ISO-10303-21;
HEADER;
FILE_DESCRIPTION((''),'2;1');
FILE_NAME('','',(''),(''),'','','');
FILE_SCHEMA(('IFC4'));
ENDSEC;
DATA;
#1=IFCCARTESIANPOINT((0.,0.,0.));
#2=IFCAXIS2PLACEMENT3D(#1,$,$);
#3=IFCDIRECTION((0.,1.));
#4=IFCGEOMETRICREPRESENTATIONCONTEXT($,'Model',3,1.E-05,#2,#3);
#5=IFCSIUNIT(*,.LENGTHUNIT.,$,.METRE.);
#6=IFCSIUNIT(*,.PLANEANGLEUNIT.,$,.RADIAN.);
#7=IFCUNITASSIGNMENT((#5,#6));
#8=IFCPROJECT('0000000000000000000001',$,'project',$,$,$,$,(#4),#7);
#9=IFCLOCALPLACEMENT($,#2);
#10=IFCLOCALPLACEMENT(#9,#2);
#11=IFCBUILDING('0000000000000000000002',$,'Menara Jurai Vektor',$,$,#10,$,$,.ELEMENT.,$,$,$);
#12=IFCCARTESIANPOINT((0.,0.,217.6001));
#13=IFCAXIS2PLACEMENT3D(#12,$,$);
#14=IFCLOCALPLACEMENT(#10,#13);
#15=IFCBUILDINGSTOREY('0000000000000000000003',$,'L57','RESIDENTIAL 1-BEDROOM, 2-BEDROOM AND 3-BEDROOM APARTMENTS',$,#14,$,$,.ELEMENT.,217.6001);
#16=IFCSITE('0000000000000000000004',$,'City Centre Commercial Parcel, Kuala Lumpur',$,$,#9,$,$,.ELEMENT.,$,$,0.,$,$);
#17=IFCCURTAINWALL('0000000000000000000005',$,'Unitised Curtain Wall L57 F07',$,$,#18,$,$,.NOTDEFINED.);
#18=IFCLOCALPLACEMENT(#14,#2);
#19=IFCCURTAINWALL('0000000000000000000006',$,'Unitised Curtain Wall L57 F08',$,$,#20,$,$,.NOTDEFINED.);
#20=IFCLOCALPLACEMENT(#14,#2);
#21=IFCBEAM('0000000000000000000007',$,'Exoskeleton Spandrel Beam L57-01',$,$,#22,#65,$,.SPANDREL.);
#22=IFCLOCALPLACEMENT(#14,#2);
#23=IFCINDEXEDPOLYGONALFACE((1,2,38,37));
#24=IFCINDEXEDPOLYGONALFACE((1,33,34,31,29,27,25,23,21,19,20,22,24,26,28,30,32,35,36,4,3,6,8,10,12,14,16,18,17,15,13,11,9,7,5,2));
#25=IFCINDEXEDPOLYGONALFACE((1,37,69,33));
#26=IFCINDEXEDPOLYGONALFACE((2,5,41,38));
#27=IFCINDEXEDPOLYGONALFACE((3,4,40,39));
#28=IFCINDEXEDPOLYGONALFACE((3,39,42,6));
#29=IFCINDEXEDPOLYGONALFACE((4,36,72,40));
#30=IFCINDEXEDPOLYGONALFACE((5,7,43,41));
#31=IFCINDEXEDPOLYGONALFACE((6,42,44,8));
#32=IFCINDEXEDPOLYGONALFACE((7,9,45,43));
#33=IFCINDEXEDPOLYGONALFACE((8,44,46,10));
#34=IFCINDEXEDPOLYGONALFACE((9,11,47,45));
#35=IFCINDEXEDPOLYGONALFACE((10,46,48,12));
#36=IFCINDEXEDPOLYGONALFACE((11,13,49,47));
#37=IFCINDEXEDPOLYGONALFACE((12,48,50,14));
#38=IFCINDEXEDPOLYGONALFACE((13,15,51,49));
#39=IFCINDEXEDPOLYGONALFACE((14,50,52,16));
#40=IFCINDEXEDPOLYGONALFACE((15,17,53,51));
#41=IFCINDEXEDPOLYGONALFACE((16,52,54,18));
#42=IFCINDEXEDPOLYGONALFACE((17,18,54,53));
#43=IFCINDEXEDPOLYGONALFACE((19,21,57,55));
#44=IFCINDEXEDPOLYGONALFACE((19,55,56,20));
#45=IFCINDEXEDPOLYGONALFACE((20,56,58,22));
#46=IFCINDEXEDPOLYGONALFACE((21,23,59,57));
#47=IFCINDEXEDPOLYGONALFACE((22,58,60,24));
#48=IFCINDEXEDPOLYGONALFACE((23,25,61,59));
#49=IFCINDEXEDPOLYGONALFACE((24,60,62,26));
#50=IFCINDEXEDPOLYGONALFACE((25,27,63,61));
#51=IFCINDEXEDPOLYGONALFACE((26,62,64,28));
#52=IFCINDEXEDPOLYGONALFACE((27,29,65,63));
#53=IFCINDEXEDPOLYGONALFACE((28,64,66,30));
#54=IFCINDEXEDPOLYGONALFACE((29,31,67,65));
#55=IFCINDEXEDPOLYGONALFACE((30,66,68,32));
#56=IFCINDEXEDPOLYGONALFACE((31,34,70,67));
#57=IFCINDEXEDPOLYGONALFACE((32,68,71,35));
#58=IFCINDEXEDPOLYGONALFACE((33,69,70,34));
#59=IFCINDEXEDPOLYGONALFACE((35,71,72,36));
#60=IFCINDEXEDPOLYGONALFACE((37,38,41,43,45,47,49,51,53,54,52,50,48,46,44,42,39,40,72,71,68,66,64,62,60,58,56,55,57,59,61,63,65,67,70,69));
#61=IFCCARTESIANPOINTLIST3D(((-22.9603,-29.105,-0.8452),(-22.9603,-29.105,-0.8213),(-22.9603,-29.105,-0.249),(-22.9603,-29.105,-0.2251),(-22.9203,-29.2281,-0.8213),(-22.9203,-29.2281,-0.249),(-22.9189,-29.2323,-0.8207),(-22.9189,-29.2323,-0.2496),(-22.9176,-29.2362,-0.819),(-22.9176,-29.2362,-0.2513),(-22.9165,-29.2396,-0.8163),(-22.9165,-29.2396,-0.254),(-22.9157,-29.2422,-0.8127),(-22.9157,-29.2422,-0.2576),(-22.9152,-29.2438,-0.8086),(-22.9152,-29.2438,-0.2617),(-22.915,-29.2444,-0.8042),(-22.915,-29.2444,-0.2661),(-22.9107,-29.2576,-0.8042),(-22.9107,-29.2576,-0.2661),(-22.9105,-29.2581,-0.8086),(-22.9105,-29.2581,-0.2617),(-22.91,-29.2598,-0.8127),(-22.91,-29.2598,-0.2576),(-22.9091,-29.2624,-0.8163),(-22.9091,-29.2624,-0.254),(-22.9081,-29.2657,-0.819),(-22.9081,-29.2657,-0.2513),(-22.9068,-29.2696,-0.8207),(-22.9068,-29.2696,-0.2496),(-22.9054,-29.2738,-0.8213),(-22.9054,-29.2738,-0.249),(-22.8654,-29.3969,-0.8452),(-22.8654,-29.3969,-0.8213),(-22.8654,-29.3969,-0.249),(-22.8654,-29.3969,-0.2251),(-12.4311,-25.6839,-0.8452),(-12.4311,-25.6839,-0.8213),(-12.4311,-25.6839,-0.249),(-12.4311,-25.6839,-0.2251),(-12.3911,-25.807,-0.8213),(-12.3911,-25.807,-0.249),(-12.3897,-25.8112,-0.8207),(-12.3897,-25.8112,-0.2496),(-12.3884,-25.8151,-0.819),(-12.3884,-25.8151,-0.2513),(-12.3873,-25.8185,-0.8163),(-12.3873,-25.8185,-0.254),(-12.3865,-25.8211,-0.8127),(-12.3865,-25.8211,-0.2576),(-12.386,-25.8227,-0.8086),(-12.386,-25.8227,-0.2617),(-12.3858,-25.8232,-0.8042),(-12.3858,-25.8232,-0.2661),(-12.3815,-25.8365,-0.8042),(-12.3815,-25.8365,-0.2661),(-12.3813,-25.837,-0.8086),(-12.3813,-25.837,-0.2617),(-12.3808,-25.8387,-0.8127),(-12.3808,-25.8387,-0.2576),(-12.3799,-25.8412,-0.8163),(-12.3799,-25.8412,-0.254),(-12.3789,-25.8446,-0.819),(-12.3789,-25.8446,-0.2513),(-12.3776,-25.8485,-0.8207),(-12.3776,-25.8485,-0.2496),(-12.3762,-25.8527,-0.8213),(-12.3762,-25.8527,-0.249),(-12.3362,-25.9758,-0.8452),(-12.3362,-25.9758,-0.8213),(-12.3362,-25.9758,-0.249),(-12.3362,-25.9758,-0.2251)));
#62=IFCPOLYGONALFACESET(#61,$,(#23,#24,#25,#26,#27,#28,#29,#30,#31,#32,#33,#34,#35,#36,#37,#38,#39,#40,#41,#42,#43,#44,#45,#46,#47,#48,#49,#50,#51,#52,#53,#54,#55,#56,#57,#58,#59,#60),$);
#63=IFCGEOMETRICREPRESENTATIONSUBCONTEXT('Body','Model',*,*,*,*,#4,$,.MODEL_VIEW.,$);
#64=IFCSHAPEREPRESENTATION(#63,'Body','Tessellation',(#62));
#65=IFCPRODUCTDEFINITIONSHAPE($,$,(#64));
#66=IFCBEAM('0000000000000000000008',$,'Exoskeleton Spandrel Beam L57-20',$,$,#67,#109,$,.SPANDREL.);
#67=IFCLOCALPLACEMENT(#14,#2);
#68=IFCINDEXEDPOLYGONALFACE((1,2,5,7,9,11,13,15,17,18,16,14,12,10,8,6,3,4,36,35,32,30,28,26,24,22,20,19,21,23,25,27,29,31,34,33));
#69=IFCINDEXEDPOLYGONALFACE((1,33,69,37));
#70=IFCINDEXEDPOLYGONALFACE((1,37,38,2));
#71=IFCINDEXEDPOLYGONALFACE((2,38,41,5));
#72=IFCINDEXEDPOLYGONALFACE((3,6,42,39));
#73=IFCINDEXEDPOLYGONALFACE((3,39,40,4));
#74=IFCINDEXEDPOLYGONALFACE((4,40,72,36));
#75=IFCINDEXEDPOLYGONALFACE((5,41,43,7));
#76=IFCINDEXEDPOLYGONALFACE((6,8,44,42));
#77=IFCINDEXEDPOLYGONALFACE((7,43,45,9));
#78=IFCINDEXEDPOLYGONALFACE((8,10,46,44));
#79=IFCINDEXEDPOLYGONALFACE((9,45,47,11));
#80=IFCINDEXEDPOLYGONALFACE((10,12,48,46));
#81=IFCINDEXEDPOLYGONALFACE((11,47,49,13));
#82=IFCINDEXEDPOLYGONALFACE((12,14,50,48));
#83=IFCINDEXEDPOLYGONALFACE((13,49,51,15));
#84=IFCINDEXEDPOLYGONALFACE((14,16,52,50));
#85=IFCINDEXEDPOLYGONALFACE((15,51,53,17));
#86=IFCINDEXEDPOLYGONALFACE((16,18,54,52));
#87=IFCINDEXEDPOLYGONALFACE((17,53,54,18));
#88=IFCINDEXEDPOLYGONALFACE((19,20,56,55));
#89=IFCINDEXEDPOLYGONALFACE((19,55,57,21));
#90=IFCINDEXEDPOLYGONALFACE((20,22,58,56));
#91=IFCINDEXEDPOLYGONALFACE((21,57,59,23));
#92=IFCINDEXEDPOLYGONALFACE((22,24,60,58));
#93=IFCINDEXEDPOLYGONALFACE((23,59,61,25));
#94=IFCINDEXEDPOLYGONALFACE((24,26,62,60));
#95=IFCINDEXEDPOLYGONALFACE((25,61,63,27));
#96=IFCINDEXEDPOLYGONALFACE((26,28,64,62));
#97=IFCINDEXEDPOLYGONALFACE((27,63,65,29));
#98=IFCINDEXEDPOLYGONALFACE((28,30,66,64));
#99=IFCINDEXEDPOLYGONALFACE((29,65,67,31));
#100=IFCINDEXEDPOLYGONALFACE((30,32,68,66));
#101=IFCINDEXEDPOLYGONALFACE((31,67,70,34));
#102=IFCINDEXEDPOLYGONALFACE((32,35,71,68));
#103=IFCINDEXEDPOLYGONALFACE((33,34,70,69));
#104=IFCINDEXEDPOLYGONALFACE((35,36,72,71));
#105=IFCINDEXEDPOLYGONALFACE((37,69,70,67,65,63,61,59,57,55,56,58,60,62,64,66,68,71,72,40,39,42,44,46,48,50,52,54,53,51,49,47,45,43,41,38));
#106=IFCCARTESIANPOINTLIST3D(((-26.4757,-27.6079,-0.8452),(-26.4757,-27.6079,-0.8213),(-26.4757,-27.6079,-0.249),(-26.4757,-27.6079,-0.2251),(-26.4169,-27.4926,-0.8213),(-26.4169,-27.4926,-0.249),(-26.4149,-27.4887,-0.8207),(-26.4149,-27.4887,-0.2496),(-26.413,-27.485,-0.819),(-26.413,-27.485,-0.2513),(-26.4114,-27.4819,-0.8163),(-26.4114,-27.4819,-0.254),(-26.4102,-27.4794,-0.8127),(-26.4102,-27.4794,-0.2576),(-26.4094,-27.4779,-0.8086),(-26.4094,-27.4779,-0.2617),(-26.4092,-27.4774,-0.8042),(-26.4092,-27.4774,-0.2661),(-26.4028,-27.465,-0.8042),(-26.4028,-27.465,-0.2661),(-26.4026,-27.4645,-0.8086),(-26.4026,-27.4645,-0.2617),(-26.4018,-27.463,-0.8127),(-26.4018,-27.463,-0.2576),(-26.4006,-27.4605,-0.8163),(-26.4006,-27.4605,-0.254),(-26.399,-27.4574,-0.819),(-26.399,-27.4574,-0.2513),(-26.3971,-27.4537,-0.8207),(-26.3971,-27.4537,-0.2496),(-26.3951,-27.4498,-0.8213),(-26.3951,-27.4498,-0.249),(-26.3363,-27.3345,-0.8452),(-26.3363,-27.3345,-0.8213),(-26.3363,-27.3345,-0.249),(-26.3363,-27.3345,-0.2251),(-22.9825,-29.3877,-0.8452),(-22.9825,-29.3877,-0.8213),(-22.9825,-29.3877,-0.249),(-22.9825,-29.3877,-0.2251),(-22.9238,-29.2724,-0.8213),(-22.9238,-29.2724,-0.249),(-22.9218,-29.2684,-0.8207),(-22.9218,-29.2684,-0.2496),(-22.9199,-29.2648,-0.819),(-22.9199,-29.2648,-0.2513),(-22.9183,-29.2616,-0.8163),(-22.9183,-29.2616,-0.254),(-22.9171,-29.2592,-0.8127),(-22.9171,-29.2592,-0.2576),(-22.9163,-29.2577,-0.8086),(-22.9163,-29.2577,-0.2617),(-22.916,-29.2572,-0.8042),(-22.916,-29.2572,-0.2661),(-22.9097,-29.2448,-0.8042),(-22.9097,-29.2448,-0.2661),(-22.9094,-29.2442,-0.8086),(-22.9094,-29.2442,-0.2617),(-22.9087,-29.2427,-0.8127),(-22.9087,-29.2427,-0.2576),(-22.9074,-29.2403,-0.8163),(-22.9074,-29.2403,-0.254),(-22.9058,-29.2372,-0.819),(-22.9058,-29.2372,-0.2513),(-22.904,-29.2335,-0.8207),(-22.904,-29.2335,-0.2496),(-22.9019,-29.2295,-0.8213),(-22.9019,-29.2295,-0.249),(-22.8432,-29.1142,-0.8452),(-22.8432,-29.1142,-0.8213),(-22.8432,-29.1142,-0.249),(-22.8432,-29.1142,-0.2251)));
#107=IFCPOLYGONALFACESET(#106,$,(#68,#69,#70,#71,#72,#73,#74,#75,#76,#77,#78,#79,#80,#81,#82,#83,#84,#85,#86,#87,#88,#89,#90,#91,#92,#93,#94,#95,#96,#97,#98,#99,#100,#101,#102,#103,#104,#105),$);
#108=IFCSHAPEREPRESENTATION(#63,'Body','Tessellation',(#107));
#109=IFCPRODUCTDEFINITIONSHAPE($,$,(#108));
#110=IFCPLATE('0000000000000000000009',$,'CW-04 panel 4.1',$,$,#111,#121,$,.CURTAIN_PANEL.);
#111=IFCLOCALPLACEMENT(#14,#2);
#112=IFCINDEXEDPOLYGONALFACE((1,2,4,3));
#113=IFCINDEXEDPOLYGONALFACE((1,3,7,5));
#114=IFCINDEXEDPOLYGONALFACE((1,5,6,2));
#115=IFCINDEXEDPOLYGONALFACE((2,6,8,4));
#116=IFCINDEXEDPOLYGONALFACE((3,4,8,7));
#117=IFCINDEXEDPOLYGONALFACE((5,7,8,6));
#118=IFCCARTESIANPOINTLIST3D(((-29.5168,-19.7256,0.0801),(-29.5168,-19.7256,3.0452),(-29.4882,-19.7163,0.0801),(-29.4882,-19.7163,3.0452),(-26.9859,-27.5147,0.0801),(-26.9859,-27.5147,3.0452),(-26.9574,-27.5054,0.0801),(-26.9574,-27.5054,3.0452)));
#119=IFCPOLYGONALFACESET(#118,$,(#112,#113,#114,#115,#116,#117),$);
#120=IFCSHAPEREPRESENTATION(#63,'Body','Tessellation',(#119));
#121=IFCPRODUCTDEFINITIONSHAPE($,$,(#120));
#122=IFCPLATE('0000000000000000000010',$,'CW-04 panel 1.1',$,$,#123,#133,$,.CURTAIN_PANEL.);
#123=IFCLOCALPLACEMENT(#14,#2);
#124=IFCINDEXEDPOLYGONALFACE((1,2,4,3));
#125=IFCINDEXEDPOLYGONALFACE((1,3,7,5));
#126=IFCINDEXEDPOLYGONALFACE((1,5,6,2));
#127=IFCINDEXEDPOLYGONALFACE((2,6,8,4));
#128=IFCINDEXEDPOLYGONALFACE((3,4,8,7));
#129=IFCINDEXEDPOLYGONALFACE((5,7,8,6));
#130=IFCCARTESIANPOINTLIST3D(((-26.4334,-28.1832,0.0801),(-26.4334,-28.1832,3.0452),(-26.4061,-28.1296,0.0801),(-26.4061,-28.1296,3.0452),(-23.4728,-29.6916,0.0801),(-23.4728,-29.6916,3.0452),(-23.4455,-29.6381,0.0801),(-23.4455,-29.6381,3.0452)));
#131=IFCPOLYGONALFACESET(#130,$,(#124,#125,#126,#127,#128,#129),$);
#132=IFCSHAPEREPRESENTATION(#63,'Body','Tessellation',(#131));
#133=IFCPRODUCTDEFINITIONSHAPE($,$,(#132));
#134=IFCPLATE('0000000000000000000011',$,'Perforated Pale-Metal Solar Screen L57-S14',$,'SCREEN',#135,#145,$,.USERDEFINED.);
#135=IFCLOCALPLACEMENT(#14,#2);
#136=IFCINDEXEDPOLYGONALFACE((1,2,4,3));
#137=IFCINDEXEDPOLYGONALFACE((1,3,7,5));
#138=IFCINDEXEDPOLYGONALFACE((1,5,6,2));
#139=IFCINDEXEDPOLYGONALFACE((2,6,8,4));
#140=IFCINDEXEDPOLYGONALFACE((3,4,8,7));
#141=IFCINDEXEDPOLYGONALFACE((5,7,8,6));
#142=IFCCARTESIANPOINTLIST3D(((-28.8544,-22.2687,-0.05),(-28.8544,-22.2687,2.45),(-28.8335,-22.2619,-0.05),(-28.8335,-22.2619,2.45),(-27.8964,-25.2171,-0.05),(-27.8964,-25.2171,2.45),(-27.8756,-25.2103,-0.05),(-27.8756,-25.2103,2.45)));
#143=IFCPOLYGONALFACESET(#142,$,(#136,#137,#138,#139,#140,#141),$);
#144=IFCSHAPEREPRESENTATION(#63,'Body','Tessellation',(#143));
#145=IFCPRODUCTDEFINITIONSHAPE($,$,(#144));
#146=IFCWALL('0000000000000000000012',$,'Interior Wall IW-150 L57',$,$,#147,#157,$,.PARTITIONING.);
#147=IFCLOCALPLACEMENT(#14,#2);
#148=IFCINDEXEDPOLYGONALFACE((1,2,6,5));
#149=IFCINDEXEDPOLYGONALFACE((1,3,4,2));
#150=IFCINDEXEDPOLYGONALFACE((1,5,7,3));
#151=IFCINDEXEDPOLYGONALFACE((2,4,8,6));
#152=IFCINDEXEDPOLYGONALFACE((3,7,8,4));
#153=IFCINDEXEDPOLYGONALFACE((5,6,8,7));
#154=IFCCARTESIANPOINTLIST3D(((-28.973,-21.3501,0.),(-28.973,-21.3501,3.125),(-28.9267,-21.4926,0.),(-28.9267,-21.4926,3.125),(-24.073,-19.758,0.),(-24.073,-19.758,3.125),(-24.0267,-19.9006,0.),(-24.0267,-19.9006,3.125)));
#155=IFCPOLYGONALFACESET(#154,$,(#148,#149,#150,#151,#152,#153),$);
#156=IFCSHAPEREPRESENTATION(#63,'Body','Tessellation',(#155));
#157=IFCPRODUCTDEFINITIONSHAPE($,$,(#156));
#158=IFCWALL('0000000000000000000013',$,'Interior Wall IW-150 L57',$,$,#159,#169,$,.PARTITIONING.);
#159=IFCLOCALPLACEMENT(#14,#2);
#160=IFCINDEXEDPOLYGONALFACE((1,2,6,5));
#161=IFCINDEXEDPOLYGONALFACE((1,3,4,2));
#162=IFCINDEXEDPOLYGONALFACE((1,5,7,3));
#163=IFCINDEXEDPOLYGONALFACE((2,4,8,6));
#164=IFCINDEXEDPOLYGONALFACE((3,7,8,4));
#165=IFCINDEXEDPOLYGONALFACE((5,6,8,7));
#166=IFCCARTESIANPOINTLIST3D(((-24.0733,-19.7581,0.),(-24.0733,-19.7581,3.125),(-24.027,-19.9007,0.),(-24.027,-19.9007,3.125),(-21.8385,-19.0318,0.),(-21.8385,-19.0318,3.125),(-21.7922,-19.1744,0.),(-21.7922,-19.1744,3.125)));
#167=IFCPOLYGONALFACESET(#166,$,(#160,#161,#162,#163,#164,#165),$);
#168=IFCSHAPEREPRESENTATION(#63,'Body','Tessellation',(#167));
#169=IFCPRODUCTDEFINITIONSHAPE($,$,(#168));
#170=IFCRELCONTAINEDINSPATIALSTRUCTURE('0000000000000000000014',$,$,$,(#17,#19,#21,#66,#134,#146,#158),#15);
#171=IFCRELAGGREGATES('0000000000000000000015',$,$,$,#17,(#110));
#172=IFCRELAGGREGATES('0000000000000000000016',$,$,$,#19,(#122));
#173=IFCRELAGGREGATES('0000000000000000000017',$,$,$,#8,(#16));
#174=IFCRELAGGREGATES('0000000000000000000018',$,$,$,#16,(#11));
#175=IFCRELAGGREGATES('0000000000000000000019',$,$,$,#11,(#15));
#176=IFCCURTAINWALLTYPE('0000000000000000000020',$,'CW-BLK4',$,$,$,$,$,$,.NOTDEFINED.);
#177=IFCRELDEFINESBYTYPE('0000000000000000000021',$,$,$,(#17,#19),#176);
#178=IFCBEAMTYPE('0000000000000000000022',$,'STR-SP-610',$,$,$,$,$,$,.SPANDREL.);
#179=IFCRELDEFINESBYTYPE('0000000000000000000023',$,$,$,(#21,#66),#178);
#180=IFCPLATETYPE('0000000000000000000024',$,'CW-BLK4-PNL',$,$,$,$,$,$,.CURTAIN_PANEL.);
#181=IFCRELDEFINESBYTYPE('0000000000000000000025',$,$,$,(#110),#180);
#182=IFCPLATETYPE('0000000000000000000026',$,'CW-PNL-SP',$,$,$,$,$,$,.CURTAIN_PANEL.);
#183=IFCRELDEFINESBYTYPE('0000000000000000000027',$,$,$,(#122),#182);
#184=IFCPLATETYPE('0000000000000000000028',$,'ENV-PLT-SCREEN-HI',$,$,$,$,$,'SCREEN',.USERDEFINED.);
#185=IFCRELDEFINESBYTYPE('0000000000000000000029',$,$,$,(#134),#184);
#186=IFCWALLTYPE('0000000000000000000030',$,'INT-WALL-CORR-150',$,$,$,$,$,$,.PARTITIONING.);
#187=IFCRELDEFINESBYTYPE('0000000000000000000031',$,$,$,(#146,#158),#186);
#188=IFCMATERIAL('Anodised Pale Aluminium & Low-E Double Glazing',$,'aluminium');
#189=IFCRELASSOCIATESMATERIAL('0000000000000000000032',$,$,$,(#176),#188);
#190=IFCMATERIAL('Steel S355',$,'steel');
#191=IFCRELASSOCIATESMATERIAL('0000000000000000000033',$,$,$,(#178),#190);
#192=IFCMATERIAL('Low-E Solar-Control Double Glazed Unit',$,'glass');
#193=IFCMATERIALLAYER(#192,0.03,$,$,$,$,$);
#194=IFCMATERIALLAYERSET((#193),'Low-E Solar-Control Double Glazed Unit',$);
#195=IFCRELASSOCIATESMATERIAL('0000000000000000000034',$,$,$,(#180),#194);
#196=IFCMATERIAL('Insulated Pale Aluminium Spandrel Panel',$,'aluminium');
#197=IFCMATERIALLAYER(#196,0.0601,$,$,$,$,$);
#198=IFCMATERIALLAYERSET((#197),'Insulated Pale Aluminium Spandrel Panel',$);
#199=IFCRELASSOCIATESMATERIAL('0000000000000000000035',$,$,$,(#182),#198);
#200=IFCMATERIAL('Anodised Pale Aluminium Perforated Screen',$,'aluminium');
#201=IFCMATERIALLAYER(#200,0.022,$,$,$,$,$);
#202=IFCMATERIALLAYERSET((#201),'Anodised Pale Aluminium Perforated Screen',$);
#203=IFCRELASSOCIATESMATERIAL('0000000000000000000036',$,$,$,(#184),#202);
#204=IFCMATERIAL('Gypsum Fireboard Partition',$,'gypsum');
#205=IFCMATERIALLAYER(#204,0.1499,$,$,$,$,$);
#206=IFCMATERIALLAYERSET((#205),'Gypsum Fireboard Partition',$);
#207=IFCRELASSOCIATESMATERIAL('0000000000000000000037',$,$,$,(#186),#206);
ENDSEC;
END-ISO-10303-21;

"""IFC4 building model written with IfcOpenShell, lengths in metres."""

from ifc_helpers import new_model, si_unit, direction, frame, frame_2d, origin, origin_2d, place, context, subcontext, project, spatial, rectangle, i_section, extrude, material, layer, layer_set, material_profile, profile_set, type_object, element, aggregate, save


model = new_model("IFC4")

# Units and contexts
model_context = context("Model", 3, precision=1e-05, world=origin(), true_north=direction((0.0, 1.0)))
body_context = subcontext(model_context, "Body", "Model", "MODEL_VIEW")
ifc_project = project(units=[si_unit("LENGTHUNIT", "METRE"), si_unit("PLANEANGLEUNIT", "RADIAN")], contexts=[model_context])

# Site, building, storey
site_placement = place(None, origin())
site = spatial("IfcSite", under=ifc_project, at=site_placement, Name="City Centre Commercial Parcel, Kuala Lumpur", CompositionType="ELEMENT", RefElevation=0.0)
building_placement = place(site_placement, origin())
building = spatial("IfcBuilding", under=site, at=building_placement, Name="Menara Jurai Vektor", CompositionType="ELEMENT")
storey_placement = place(building_placement, frame((0.0, 0.0, 217.6001)))
storey = spatial("IfcBuildingStorey", under=building, at=storey_placement, Name="L57", Description="RESIDENTIAL 1-BEDROOM, 2-BEDROOM AND 3-BEDROOM APARTMENTS", CompositionType="ELEMENT", Elevation=217.6001)

# Curtain wall
ifc_material_1 = material(Name="Anodised Pale Aluminium & Low-E Double Glazing", Category="aluminium")
curtain_wall_type = type_object("IfcCurtainWallType", Name="CW-BLK4", PredefinedType="NOTDEFINED", material=ifc_material_1)
curtain_wall_1_placement = place(storey_placement, origin())
curtain_wall_1 = element("IfcCurtainWall", 1, at=curtain_wall_1_placement, inside=storey, type_object=curtain_wall_type, Name="Unitised Curtain Wall L57 F07", PredefinedType="NOTDEFINED")

# Curtain wall
curtain_wall_2_placement = place(storey_placement, origin())
curtain_wall_2 = element("IfcCurtainWall", 2, at=curtain_wall_2_placement, inside=storey, type_object=curtain_wall_type, Name="Unitised Curtain Wall L57 F08", PredefinedType="NOTDEFINED")

# Shared definitions
ifc_material_2 = material(Name="Steel S355", Category="steel")

# Beams
ifc_material_profile_1 = material_profile(ifc_material_2, i_section(OverallWidth=0.3069, OverallDepth=0.6201, WebThickness=0.0139, FlangeThickness=0.0239, FilletRadius=0.0171, at=origin_2d()), Name="UKB 610x305x179")
ifc_profile_set_1 = profile_set([ifc_material_profile_1], Name="Steel S355")
beam_type_1 = type_object("IfcBeamType", Name="STR-SP-610", PredefinedType="SPANDREL", material=ifc_profile_set_1)
beam_1_placement = place(storey_placement, frame((-22.9128, -29.251, -0.5352), z_axis=(0.951057, 0.309014, 0.0), x_axis=(-0.309014, 0.951057, 0.0)))
element("IfcBeam", 3, at=beam_1_placement, inside=storey, type_object=beam_type_1, Name="Exoskeleton Spandrel Beam L57-01", PredefinedType="SPANDREL", context=body_context, shape_type="SweptSolid", body=[
    extrude(i_section(OverallWidth=0.3069, OverallDepth=0.6201, WebThickness=0.0139, FlangeThickness=0.0239, FilletRadius=0.0171, at=origin_2d()), origin(), (0.0, 0.0, 1.0), 11.071),
])
beam_2_placement = place(storey_placement, frame((-26.406, -27.4712, -0.5352), z_axis=(0.891014, -0.453976, 0.0), x_axis=(0.453976, 0.891014, 0.0)))
element("IfcBeam", 4, at=beam_2_placement, inside=storey, type_object=beam_type_1, Name="Exoskeleton Spandrel Beam L57-20", PredefinedType="SPANDREL", context=body_context, shape_type="SweptSolid", body=[
    extrude(i_section(OverallWidth=0.3069, OverallDepth=0.6201, WebThickness=0.0139, FlangeThickness=0.0239, FilletRadius=0.0171, at=origin_2d()), origin(), (0.0, 0.0, 1.0), 3.9204),
])

# Plates
ifc_material_3 = material(Name="Low-E Solar-Control Double Glazed Unit", Category="glass")
ifc_layer_1 = layer(ifc_material_3, 0.03)
ifc_layer_set_1 = layer_set([ifc_layer_1], Name="Low-E Solar-Control Double Glazed Unit")
plate_type_1 = type_object("IfcPlateType", Name="CW-BLK4-PNL", PredefinedType="CURTAIN_PANEL", material=ifc_layer_set_1)
plate_1_placement = place(storey_placement, frame((-28.2371, -23.6155, 0.0801), z_axis=(0.0, 0.0, 1.0), x_axis=(0.309016, -0.951057, 0.0)))
plate_1 = element("IfcPlate", 5, at=plate_1_placement, type_object=plate_type_1, Name="CW-04 panel 4.1", PredefinedType="CURTAIN_PANEL", context=body_context, shape_type="SweptSolid", body=[
    extrude(rectangle(XDim=8.1899, YDim=0.03, at=origin_2d()), origin(), (0.0, 0.0, 1.0), 2.9651),
])
aggregate(curtain_wall_1, [plate_1])
ifc_material_4 = material(Name="Insulated Pale Aluminium Spandrel Panel", Category="aluminium")
ifc_layer_2 = layer(ifc_material_4, 0.0601)
ifc_layer_set_2 = layer_set([ifc_layer_2], Name="Insulated Pale Aluminium Spandrel Panel")
plate_type_2 = type_object("IfcPlateType", Name="CW-PNL-SP", PredefinedType="CURTAIN_PANEL", material=ifc_layer_set_2)
plate_2_placement = place(storey_placement, frame((-24.9395, -28.9106, 0.0801), z_axis=(0.0, 0.0, 1.0), x_axis=(0.891008, -0.453989, 0.0)))
plate_2 = element("IfcPlate", 6, at=plate_2_placement, type_object=plate_type_2, Name="CW-04 panel 1.1", PredefinedType="CURTAIN_PANEL", context=body_context, shape_type="SweptSolid", body=[
    extrude(rectangle(XDim=3.3228, YDim=0.0601, at=origin_2d()), origin(), (0.0, 0.0, 1.0), 2.9651),
])
aggregate(curtain_wall_2, [plate_2])
ifc_material_5 = material(Name="Anodised Pale Aluminium Perforated Screen", Category="aluminium")
ifc_layer_3 = layer(ifc_material_5, 0.022)
ifc_layer_set_3 = layer_set([ifc_layer_3], Name="Anodised Pale Aluminium Perforated Screen")
plate_type_3 = type_object("IfcPlateType", Name="ENV-PLT-SCREEN-HI", ElementType="SCREEN", PredefinedType="USERDEFINED", material=ifc_layer_set_3)
plate_3_placement = place(storey_placement, frame((-28.365, -23.7395, -0.05), z_axis=(0.0, 0.0, 1.0), x_axis=(0.309017, -0.951057, 0.0)))
element("IfcPlate", 7, at=plate_3_placement, inside=storey, type_object=plate_type_3, Name="Perforated Pale-Metal Solar Screen L57-S14", ObjectType="SCREEN", PredefinedType="USERDEFINED", context=body_context, shape_type="SweptSolid", body=[
    extrude(rectangle(XDim=3.1001, YDim=0.022, at=origin_2d()), origin(), (0.0, 0.0, 1.0), 2.5),
])

# Walls
ifc_material_6 = material(Name="Gypsum Fireboard Partition", Category="gypsum")
ifc_layer_4 = layer(ifc_material_6, 0.1499)
ifc_layer_set_4 = layer_set([ifc_layer_4], Name="Gypsum Fireboard Partition")
wall_type_1 = type_object("IfcWallType", Name="INT-WALL-CORR-150", PredefinedType="PARTITIONING", material=ifc_layer_set_4)
wall_1_placement = place(storey_placement, frame((-28.95, -21.4214, 0.0), z_axis=(0.0, 0.0, 1.0), x_axis=(0.951058, 0.309011, 0.0)))
element("IfcWall", 8, at=wall_1_placement, inside=storey, type_object=wall_type_1, Name="Interior Wall IW-150 L57", PredefinedType="PARTITIONING", context=body_context, shape_type="SweptSolid", body=[
    extrude(rectangle(XDim=5.1521, YDim=0.1499, at=frame_2d((2.5762, 0.0))), origin(), (0.0, 0.0, 1.0), 3.125),
])
wall_2_placement = place(storey_placement, frame((-24.05, -19.8293, 0.0), z_axis=(0.0, 0.0, 1.0), x_axis=(0.951036, 0.309081, 0.0)))
element("IfcWall", 9, at=wall_2_placement, inside=storey, type_object=wall_type_1, Name="Interior Wall IW-150 L57", PredefinedType="PARTITIONING", context=body_context, shape_type="SweptSolid", body=[
    extrude(rectangle(XDim=2.3499, YDim=0.1499, at=frame_2d((1.1748, 0.0))), origin(), (0.0, 0.0, 1.0), 3.125),
])

save(model, "model.ifc")
